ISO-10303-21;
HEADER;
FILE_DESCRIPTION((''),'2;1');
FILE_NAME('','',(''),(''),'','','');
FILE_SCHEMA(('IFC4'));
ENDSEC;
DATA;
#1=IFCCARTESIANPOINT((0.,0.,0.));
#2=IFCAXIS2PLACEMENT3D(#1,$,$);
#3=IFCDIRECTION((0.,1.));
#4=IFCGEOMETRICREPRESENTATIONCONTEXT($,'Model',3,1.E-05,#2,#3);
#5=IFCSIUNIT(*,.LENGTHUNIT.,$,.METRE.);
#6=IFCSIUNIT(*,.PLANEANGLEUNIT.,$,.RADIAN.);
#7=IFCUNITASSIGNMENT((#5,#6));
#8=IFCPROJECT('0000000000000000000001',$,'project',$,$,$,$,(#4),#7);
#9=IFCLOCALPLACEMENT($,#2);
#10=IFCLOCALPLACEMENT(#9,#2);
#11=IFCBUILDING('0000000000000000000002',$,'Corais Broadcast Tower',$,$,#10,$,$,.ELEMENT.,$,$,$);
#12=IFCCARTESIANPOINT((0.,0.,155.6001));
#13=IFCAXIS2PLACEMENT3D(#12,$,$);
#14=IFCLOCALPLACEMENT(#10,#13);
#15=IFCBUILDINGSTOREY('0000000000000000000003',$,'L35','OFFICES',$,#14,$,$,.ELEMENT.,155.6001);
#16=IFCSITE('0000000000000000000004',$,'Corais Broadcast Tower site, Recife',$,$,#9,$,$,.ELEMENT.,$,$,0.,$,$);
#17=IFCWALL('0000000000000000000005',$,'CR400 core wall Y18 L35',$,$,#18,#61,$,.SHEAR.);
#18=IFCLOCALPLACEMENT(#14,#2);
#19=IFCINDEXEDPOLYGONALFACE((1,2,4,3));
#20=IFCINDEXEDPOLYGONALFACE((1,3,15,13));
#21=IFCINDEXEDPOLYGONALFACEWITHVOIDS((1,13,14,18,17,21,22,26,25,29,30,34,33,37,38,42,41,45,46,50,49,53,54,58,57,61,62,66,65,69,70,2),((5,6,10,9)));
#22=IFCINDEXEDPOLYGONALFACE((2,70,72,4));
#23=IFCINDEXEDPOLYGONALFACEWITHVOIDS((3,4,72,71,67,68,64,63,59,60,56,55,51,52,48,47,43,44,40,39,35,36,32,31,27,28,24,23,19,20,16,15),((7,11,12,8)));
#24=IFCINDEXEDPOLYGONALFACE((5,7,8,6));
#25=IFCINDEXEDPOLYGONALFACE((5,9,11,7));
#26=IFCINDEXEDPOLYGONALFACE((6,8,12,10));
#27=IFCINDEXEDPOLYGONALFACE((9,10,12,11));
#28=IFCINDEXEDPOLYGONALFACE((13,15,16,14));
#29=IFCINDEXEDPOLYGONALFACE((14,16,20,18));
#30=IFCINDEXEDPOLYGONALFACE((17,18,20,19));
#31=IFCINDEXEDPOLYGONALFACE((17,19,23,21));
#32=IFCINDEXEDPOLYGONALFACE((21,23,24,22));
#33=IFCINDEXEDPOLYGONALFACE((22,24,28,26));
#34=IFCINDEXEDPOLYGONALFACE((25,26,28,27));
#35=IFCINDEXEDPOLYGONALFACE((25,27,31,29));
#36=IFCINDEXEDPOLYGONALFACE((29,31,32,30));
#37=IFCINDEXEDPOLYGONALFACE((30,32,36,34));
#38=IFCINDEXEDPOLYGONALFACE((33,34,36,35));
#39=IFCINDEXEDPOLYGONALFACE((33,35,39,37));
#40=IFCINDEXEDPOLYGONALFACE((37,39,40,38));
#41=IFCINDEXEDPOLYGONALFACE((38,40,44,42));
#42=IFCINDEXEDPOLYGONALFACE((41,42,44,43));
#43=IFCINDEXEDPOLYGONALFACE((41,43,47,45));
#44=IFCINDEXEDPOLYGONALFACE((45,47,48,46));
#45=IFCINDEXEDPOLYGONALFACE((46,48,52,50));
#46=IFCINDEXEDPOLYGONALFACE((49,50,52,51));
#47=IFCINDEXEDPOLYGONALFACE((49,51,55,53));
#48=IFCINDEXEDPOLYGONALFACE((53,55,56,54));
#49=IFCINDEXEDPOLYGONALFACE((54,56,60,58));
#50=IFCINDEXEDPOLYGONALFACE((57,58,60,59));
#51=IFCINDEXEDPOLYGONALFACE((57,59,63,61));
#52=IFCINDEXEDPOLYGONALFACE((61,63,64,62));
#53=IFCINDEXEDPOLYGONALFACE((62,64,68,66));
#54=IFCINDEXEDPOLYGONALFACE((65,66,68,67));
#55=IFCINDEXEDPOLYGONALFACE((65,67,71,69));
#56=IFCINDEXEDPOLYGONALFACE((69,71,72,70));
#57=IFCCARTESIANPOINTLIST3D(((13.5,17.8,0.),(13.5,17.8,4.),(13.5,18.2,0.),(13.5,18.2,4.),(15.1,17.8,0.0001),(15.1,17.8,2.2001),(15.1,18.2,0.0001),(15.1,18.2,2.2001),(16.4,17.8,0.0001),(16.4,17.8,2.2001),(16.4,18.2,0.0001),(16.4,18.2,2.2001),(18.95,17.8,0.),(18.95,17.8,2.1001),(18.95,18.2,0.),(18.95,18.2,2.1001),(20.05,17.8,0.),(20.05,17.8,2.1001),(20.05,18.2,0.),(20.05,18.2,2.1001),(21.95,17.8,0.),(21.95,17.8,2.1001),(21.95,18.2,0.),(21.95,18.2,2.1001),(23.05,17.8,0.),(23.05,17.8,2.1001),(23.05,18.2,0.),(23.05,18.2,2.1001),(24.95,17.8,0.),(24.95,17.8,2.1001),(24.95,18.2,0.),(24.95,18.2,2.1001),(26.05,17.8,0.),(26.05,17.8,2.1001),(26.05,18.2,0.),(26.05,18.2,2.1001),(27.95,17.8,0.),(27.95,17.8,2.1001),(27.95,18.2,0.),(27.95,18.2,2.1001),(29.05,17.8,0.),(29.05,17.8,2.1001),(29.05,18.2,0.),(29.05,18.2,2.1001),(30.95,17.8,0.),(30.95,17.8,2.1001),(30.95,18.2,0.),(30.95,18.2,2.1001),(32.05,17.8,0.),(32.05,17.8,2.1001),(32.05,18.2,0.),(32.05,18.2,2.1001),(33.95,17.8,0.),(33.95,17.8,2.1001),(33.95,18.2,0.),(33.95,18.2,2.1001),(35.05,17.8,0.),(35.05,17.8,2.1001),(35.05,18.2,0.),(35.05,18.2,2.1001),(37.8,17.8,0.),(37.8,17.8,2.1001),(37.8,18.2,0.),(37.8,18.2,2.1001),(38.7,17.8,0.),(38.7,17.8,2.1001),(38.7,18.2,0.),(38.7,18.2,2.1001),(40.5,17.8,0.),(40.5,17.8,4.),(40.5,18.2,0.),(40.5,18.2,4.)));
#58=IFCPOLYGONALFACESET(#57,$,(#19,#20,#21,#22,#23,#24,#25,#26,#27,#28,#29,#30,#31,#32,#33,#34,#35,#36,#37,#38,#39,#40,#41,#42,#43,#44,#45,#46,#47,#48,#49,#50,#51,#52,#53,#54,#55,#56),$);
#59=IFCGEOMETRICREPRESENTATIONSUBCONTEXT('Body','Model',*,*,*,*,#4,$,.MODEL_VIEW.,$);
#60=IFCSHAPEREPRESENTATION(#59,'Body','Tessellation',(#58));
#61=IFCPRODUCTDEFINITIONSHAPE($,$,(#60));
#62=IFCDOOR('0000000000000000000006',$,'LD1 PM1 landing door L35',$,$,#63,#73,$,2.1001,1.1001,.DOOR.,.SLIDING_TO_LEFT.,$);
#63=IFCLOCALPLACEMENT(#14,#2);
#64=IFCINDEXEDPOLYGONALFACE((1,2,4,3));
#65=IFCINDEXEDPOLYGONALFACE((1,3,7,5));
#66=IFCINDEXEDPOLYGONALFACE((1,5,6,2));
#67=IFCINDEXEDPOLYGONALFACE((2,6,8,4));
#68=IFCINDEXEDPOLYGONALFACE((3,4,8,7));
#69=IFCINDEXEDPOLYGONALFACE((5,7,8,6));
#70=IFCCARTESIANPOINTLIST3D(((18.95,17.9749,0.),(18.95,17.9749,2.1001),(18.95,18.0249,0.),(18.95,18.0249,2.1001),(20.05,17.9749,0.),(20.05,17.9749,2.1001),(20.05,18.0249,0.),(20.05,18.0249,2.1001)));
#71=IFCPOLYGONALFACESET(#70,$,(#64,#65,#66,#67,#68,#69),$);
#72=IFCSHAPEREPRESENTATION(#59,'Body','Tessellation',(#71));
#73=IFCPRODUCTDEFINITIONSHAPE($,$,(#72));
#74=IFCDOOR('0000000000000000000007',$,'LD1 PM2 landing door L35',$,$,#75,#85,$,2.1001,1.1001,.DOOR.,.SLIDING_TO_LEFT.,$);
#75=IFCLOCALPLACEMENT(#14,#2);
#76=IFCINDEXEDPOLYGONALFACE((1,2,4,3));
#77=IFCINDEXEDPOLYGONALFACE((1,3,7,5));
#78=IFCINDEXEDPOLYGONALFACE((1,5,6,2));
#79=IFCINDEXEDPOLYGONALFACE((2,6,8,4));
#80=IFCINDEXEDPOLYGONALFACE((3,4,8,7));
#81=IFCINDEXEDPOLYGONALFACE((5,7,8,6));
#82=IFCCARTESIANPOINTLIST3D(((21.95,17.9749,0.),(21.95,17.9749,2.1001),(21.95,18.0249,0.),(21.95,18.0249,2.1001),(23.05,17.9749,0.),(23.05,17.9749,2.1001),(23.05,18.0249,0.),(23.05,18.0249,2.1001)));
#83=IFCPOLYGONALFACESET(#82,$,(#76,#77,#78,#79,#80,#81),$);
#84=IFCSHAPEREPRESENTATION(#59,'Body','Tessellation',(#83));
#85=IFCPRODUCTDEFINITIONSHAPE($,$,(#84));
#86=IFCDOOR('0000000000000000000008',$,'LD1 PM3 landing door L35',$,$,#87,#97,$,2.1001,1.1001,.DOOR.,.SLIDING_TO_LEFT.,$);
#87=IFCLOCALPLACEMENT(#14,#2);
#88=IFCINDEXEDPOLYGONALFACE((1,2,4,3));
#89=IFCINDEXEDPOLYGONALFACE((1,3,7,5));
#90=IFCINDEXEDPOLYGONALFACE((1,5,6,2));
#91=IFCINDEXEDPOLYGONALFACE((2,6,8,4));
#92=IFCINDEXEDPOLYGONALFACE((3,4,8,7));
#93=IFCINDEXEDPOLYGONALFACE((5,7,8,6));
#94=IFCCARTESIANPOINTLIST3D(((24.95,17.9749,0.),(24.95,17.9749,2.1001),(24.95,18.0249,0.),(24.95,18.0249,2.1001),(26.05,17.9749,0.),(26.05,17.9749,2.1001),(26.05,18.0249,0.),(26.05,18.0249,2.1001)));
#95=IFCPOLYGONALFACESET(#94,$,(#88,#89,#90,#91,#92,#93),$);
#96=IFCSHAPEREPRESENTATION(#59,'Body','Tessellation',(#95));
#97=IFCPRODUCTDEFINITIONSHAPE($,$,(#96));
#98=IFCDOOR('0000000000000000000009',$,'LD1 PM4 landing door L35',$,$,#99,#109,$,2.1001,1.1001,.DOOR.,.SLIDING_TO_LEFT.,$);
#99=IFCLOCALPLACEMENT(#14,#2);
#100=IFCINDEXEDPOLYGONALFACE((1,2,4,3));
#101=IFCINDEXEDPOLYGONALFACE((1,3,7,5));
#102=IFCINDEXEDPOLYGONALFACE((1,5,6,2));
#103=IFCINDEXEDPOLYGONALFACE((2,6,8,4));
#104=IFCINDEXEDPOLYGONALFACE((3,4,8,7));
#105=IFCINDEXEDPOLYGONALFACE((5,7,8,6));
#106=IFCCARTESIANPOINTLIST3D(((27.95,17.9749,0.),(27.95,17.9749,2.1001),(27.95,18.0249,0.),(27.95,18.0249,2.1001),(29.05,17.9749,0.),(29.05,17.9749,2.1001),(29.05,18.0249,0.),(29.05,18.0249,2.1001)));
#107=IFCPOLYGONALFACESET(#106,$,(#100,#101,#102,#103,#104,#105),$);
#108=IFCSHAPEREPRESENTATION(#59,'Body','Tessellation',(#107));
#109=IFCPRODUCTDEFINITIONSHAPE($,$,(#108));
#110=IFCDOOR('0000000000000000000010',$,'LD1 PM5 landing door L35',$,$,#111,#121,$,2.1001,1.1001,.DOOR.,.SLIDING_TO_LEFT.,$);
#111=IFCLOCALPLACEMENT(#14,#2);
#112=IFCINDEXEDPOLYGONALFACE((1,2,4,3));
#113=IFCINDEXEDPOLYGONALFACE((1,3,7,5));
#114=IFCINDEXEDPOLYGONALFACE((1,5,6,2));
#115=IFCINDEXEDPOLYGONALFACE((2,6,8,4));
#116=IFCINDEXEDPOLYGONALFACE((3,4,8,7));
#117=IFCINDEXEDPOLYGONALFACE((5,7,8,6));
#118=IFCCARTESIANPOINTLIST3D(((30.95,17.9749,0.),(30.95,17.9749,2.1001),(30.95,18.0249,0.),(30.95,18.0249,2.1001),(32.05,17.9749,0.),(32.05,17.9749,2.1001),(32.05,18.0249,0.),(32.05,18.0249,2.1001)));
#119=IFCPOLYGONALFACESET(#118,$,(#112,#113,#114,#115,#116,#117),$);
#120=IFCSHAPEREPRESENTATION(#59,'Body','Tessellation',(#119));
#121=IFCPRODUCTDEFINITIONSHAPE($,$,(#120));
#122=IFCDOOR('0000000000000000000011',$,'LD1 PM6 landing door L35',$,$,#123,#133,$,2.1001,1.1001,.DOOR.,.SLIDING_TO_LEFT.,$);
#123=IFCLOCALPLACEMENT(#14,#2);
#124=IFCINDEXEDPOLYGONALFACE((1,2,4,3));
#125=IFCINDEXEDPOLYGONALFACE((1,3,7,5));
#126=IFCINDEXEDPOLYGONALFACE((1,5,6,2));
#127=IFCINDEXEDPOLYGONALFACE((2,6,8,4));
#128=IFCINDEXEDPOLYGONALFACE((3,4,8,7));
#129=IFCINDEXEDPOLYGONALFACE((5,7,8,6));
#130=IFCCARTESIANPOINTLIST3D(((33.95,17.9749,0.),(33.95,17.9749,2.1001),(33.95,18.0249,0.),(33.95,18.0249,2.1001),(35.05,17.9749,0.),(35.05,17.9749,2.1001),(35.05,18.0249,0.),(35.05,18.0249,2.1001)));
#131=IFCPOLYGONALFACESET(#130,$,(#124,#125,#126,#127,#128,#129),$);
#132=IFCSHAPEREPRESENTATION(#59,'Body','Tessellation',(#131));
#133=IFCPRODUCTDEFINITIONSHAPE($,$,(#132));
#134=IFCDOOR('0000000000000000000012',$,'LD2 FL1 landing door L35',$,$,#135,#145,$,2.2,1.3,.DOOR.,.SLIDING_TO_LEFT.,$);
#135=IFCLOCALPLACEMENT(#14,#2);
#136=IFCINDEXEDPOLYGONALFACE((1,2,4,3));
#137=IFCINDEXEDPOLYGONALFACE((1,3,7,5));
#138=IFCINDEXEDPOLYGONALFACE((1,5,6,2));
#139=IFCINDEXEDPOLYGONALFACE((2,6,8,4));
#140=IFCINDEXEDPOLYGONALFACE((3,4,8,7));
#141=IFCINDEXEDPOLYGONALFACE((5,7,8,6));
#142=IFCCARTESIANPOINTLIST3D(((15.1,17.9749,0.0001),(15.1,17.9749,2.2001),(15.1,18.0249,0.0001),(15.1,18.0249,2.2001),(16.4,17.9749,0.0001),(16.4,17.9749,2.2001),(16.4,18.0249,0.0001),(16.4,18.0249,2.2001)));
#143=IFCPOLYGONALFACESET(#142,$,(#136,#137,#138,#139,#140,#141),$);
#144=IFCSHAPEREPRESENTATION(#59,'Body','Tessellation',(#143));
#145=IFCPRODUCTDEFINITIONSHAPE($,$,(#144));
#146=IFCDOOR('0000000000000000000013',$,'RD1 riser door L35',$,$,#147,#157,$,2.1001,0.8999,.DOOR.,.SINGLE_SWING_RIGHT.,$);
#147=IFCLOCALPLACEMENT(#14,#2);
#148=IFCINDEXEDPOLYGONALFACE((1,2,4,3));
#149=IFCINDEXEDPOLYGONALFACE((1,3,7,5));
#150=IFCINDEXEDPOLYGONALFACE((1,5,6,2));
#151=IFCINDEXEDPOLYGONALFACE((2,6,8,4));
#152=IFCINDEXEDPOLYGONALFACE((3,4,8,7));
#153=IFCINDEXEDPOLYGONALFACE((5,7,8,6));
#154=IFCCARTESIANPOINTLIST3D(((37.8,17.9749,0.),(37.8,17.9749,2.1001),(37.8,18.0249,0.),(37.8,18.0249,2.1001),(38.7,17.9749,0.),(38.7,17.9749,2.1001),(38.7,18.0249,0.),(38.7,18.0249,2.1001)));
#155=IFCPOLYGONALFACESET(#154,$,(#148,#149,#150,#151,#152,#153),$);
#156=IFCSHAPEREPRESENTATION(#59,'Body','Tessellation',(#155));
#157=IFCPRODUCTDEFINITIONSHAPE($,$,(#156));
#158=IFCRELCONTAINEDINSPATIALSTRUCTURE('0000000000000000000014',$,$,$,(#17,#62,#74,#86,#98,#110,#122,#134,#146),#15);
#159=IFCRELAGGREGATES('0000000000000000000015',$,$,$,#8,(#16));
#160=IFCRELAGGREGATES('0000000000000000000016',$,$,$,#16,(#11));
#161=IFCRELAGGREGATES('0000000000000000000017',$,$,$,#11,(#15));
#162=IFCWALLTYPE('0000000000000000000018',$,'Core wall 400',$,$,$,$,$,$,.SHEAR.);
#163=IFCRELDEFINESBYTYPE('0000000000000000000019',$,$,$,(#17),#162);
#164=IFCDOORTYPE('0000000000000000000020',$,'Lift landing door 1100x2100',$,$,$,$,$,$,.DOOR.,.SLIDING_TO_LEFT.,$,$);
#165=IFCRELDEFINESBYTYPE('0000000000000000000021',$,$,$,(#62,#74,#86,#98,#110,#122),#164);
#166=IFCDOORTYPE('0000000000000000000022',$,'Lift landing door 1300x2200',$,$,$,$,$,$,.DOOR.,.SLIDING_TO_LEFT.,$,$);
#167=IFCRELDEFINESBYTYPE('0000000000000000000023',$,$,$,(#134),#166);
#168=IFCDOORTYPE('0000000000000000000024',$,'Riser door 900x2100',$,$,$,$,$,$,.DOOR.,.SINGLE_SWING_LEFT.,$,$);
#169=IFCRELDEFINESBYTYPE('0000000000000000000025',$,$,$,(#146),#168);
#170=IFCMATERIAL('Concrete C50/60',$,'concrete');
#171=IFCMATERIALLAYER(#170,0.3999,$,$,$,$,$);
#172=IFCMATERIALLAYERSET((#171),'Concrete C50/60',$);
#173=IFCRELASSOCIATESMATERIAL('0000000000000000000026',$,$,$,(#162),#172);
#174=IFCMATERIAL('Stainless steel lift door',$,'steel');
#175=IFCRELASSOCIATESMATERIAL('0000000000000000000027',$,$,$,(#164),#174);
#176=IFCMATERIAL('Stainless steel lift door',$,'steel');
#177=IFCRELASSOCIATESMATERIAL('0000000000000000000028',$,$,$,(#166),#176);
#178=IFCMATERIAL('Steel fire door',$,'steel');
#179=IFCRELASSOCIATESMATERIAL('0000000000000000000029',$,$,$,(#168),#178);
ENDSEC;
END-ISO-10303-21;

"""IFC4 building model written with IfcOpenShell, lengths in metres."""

from ifc_helpers import new_model, si_unit, direction, frame, frame_2d, origin, place, context, subcontext, project, spatial, rectangle, extrude, material, layer, layer_set, type_object, element, fill, save


model = new_model("IFC4")

# Units and contexts
model_context = context("Model", 3, precision=1e-05, world=origin(), true_north=direction((0.0, 1.0)))
body_context = subcontext(model_context, "Body", "Model", "MODEL_VIEW")
ifc_project = project(units=[si_unit("LENGTHUNIT", "METRE"), si_unit("PLANEANGLEUNIT", "RADIAN")], contexts=[model_context])

# Site, building, storey
site_placement = place(None, origin())
site = spatial("IfcSite", under=ifc_project, at=site_placement, Name="Corais Broadcast Tower site, Recife", CompositionType="ELEMENT", RefElevation=0.0)
building_placement = place(site_placement, origin())
building = spatial("IfcBuilding", under=site, at=building_placement, Name="Corais Broadcast Tower", CompositionType="ELEMENT")
storey_placement = place(building_placement, frame((0.0, 0.0, 155.6001)))
storey = spatial("IfcBuildingStorey", under=building, at=storey_placement, Name="L35", Description="OFFICES", CompositionType="ELEMENT", Elevation=155.6001)

# Shared definitions
ifc_material_1 = material(Name="Concrete C50/60", Category="concrete")
ifc_layer_1 = layer(ifc_material_1, 0.3999)
ifc_layer_set_1 = layer_set([ifc_layer_1], Name="Concrete C50/60")
wall_type_1 = type_object("IfcWallType", Name="Core wall 400", PredefinedType="SHEAR", material=ifc_layer_set_1)

# Wall, openings, doors
wall_1_placement = place(storey_placement, frame((13.5, 18.0, 0.0), z_axis=(0.0, 0.0, 1.0), x_axis=(1.0, 0.0, 0.0)))
wall_1 = element("IfcWall", 1, at=wall_1_placement, inside=storey, type_object=wall_type_1, Name="CR400 core wall Y18 L35", PredefinedType="SHEAR", context=body_context, shape_type="SweptSolid", body=[
    extrude(rectangle(XDim=27.0, YDim=0.3999, at=frame_2d((13.5, 0.0))), origin(), (0.0, 0.0, 1.0), 4.0),
])
opening_1_placement = place(wall_1_placement, frame((24.3, 0.0, 0.0)))
opening_1 = element("IfcOpeningElement", 2, at=opening_1_placement, cuts=wall_1, PredefinedType="OPENING", context=body_context, shape_type="SweptSolid", body=[
    extrude(rectangle(XDim=0.8999, YDim=2.1001, at=frame_2d((0.45, 1.05))), frame((0.0, 0.21, 0.0), z_axis=(0.0, -1.0, 0.0), x_axis=(1.0, 0.0, 0.0)), (0.0, 0.0, 1.0), 0.4199),
])
opening_2_placement = place(wall_1_placement, frame((5.45, 0.0, 0.0)))
opening_2 = element("IfcOpeningElement", 3, at=opening_2_placement, cuts=wall_1, PredefinedType="OPENING", context=body_context, shape_type="SweptSolid", body=[
    extrude(rectangle(XDim=1.1001, YDim=2.1001, at=frame_2d((0.55, 1.05))), frame((0.0, 0.21, 0.0), z_axis=(0.0, -1.0, 0.0), x_axis=(1.0, 0.0, 0.0)), (0.0, 0.0, 1.0), 0.4199),
])
opening_3_placement = place(wall_1_placement, frame((8.45, 0.0, 0.0)))
opening_3 = element("IfcOpeningElement", 4, at=opening_3_placement, cuts=wall_1, PredefinedType="OPENING", context=body_context, shape_type="SweptSolid", body=[
    extrude(rectangle(XDim=1.1001, YDim=2.1001, at=frame_2d((0.55, 1.05))), frame((0.0, 0.21, 0.0), z_axis=(0.0, -1.0, 0.0), x_axis=(1.0, 0.0, 0.0)), (0.0, 0.0, 1.0), 0.4199),
])
opening_4_placement = place(wall_1_placement, frame((11.45, 0.0, 0.0)))
opening_4 = element("IfcOpeningElement", 5, at=opening_4_placement, cuts=wall_1, PredefinedType="OPENING", context=body_context, shape_type="SweptSolid", body=[
    extrude(rectangle(XDim=1.1001, YDim=2.1001, at=frame_2d((0.55, 1.05))), frame((0.0, 0.21, 0.0), z_axis=(0.0, -1.0, 0.0), x_axis=(1.0, 0.0, 0.0)), (0.0, 0.0, 1.0), 0.4199),
])
opening_5_placement = place(wall_1_placement, frame((14.45, 0.0, 0.0)))
opening_5 = element("IfcOpeningElement", 6, at=opening_5_placement, cuts=wall_1, PredefinedType="OPENING", context=body_context, shape_type="SweptSolid", body=[
    extrude(rectangle(XDim=1.1001, YDim=2.1001, at=frame_2d((0.55, 1.05))), frame((0.0, 0.21, 0.0), z_axis=(0.0, -1.0, 0.0), x_axis=(1.0, 0.0, 0.0)), (0.0, 0.0, 1.0), 0.4199),
])
opening_6_placement = place(wall_1_placement, frame((17.45, 0.0, 0.0)))
opening_6 = element("IfcOpeningElement", 7, at=opening_6_placement, cuts=wall_1, PredefinedType="OPENING", context=body_context, shape_type="SweptSolid", body=[
    extrude(rectangle(XDim=1.1001, YDim=2.1001, at=frame_2d((0.55, 1.05))), frame((0.0, 0.21, 0.0), z_axis=(0.0, -1.0, 0.0), x_axis=(1.0, 0.0, 0.0)), (0.0, 0.0, 1.0), 0.4199),
])
opening_7_placement = place(wall_1_placement, frame((20.45, 0.0, 0.0)))
opening_7 = element("IfcOpeningElement", 8, at=opening_7_placement, cuts=wall_1, PredefinedType="OPENING", context=body_context, shape_type="SweptSolid", body=[
    extrude(rectangle(XDim=1.1001, YDim=2.1001, at=frame_2d((0.55, 1.05))), frame((0.0, 0.21, 0.0), z_axis=(0.0, -1.0, 0.0), x_axis=(1.0, 0.0, 0.0)), (0.0, 0.0, 1.0), 0.4199),
])
opening_8_placement = place(wall_1_placement, frame((1.6001, 0.0, 0.0)))
opening_8 = element("IfcOpeningElement", 9, at=opening_8_placement, cuts=wall_1, PredefinedType="OPENING", context=body_context, shape_type="SweptSolid", body=[
    extrude(rectangle(XDim=1.3, YDim=2.2, at=frame_2d((0.6499, 1.1001))), frame((0.0, 0.21, 0.0), z_axis=(0.0, -1.0, 0.0), x_axis=(1.0, 0.0, 0.0)), (0.0, 0.0, 1.0), 0.4199),
])
ifc_material_2 = material(Name="Stainless steel lift door", Category="steel")
door_type_1 = type_object("IfcDoorType", Name="Lift landing door 1100x2100", OperationType="SLIDING_TO_LEFT", PredefinedType="DOOR", material=ifc_material_2)
door_1_placement = place(opening_2_placement, origin())
door_1 = element("IfcDoor", 10, at=door_1_placement, inside=storey, type_object=door_type_1, Name="LD1 PM1 landing door L35", OperationType="SLIDING_TO_LEFT", OverallHeight=2.1001, OverallWidth=1.1001, PredefinedType="DOOR", context=body_context, shape_type="SweptSolid", body=[
    extrude(rectangle(XDim=1.1001, YDim=2.1001, at=frame_2d((0.55, 1.05))), frame((0.0, 0.0249, 0.0), z_axis=(0.0, -1.0, 0.0), x_axis=(1.0, 0.0, 0.0)), (0.0, 0.0, 1.0), 0.05),
])
fill(opening_2, door_1)
door_2_placement = place(opening_3_placement, origin())
door_2 = element("IfcDoor", 11, at=door_2_placement, inside=storey, type_object=door_type_1, Name="LD1 PM2 landing door L35", OperationType="SLIDING_TO_LEFT", OverallHeight=2.1001, OverallWidth=1.1001, PredefinedType="DOOR", context=body_context, shape_type="SweptSolid", body=[
    extrude(rectangle(XDim=1.1001, YDim=2.1001, at=frame_2d((0.55, 1.05))), frame((0.0, 0.0249, 0.0), z_axis=(0.0, -1.0, 0.0), x_axis=(1.0, 0.0, 0.0)), (0.0, 0.0, 1.0), 0.05),
])
fill(opening_3, door_2)
door_3_placement = place(opening_4_placement, origin())
door_3 = element("IfcDoor", 12, at=door_3_placement, inside=storey, type_object=door_type_1, Name="LD1 PM3 landing door L35", OperationType="SLIDING_TO_LEFT", OverallHeight=2.1001, OverallWidth=1.1001, PredefinedType="DOOR", context=body_context, shape_type="SweptSolid", body=[
    extrude(rectangle(XDim=1.1001, YDim=2.1001, at=frame_2d((0.55, 1.05))), frame((0.0, 0.0249, 0.0), z_axis=(0.0, -1.0, 0.0), x_axis=(1.0, 0.0, 0.0)), (0.0, 0.0, 1.0), 0.05),
])
fill(opening_4, door_3)
door_4_placement = place(opening_5_placement, origin())
door_4 = element("IfcDoor", 13, at=door_4_placement, inside=storey, type_object=door_type_1, Name="LD1 PM4 landing door L35", OperationType="SLIDING_TO_LEFT", OverallHeight=2.1001, OverallWidth=1.1001, PredefinedType="DOOR", context=body_context, shape_type="SweptSolid", body=[
    extrude(rectangle(XDim=1.1001, YDim=2.1001, at=frame_2d((0.55, 1.05))), frame((0.0, 0.0249, 0.0), z_axis=(0.0, -1.0, 0.0), x_axis=(1.0, 0.0, 0.0)), (0.0, 0.0, 1.0), 0.05),
])
fill(opening_5, door_4)
door_5_placement = place(opening_6_placement, origin())
door_5 = element("IfcDoor", 14, at=door_5_placement, inside=storey, type_object=door_type_1, Name="LD1 PM5 landing door L35", OperationType="SLIDING_TO_LEFT", OverallHeight=2.1001, OverallWidth=1.1001, PredefinedType="DOOR", context=body_context, shape_type="SweptSolid", body=[
    extrude(rectangle(XDim=1.1001, YDim=2.1001, at=frame_2d((0.55, 1.05))), frame((0.0, 0.0249, 0.0), z_axis=(0.0, -1.0, 0.0), x_axis=(1.0, 0.0, 0.0)), (0.0, 0.0, 1.0), 0.05),
])
fill(opening_6, door_5)
door_6_placement = place(opening_7_placement, origin())
door_6 = element("IfcDoor", 15, at=door_6_placement, inside=storey, type_object=door_type_1, Name="LD1 PM6 landing door L35", OperationType="SLIDING_TO_LEFT", OverallHeight=2.1001, OverallWidth=1.1001, PredefinedType="DOOR", context=body_context, shape_type="SweptSolid", body=[
    extrude(rectangle(XDim=1.1001, YDim=2.1001, at=frame_2d((0.55, 1.05))), frame((0.0, 0.0249, 0.0), z_axis=(0.0, -1.0, 0.0), x_axis=(1.0, 0.0, 0.0)), (0.0, 0.0, 1.0), 0.05),
])
fill(opening_7, door_6)
ifc_material_3 = material(Name="Stainless steel lift door", Category="steel")
door_type_2 = type_object("IfcDoorType", Name="Lift landing door 1300x2200", OperationType="SLIDING_TO_LEFT", PredefinedType="DOOR", material=ifc_material_3)
door_7_placement = place(opening_8_placement, origin())
door_7 = element("IfcDoor", 16, at=door_7_placement, inside=storey, type_object=door_type_2, Name="LD2 FL1 landing door L35", OperationType="SLIDING_TO_LEFT", OverallHeight=2.2, OverallWidth=1.3, PredefinedType="DOOR", context=body_context, shape_type="SweptSolid", body=[
    extrude(rectangle(XDim=1.3, YDim=2.2, at=frame_2d((0.6499, 1.1001))), frame((0.0, 0.0249, 0.0), z_axis=(0.0, -1.0, 0.0), x_axis=(1.0, 0.0, 0.0)), (0.0, 0.0, 1.0), 0.05),
])
fill(opening_8, door_7)
ifc_material_4 = material(Name="Steel fire door", Category="steel")
door_type_3 = type_object("IfcDoorType", Name="Riser door 900x2100", OperationType="SINGLE_SWING_LEFT", PredefinedType="DOOR", material=ifc_material_4)
door_8_placement = place(opening_1_placement, origin())
door_8 = element("IfcDoor", 17, at=door_8_placement, inside=storey, type_object=door_type_3, Name="RD1 riser door L35", OperationType="SINGLE_SWING_RIGHT", OverallHeight=2.1001, OverallWidth=0.8999, PredefinedType="DOOR", context=body_context, shape_type="SweptSolid", body=[
    extrude(rectangle(XDim=0.8999, YDim=2.1001, at=frame_2d((0.45, 1.05))), frame((0.0, 0.0249, 0.0), z_axis=(0.0, -1.0, 0.0), x_axis=(1.0, 0.0, 0.0)), (0.0, 0.0, 1.0), 0.05),
])
fill(opening_1, door_8)

save(model, "model.ifc")
